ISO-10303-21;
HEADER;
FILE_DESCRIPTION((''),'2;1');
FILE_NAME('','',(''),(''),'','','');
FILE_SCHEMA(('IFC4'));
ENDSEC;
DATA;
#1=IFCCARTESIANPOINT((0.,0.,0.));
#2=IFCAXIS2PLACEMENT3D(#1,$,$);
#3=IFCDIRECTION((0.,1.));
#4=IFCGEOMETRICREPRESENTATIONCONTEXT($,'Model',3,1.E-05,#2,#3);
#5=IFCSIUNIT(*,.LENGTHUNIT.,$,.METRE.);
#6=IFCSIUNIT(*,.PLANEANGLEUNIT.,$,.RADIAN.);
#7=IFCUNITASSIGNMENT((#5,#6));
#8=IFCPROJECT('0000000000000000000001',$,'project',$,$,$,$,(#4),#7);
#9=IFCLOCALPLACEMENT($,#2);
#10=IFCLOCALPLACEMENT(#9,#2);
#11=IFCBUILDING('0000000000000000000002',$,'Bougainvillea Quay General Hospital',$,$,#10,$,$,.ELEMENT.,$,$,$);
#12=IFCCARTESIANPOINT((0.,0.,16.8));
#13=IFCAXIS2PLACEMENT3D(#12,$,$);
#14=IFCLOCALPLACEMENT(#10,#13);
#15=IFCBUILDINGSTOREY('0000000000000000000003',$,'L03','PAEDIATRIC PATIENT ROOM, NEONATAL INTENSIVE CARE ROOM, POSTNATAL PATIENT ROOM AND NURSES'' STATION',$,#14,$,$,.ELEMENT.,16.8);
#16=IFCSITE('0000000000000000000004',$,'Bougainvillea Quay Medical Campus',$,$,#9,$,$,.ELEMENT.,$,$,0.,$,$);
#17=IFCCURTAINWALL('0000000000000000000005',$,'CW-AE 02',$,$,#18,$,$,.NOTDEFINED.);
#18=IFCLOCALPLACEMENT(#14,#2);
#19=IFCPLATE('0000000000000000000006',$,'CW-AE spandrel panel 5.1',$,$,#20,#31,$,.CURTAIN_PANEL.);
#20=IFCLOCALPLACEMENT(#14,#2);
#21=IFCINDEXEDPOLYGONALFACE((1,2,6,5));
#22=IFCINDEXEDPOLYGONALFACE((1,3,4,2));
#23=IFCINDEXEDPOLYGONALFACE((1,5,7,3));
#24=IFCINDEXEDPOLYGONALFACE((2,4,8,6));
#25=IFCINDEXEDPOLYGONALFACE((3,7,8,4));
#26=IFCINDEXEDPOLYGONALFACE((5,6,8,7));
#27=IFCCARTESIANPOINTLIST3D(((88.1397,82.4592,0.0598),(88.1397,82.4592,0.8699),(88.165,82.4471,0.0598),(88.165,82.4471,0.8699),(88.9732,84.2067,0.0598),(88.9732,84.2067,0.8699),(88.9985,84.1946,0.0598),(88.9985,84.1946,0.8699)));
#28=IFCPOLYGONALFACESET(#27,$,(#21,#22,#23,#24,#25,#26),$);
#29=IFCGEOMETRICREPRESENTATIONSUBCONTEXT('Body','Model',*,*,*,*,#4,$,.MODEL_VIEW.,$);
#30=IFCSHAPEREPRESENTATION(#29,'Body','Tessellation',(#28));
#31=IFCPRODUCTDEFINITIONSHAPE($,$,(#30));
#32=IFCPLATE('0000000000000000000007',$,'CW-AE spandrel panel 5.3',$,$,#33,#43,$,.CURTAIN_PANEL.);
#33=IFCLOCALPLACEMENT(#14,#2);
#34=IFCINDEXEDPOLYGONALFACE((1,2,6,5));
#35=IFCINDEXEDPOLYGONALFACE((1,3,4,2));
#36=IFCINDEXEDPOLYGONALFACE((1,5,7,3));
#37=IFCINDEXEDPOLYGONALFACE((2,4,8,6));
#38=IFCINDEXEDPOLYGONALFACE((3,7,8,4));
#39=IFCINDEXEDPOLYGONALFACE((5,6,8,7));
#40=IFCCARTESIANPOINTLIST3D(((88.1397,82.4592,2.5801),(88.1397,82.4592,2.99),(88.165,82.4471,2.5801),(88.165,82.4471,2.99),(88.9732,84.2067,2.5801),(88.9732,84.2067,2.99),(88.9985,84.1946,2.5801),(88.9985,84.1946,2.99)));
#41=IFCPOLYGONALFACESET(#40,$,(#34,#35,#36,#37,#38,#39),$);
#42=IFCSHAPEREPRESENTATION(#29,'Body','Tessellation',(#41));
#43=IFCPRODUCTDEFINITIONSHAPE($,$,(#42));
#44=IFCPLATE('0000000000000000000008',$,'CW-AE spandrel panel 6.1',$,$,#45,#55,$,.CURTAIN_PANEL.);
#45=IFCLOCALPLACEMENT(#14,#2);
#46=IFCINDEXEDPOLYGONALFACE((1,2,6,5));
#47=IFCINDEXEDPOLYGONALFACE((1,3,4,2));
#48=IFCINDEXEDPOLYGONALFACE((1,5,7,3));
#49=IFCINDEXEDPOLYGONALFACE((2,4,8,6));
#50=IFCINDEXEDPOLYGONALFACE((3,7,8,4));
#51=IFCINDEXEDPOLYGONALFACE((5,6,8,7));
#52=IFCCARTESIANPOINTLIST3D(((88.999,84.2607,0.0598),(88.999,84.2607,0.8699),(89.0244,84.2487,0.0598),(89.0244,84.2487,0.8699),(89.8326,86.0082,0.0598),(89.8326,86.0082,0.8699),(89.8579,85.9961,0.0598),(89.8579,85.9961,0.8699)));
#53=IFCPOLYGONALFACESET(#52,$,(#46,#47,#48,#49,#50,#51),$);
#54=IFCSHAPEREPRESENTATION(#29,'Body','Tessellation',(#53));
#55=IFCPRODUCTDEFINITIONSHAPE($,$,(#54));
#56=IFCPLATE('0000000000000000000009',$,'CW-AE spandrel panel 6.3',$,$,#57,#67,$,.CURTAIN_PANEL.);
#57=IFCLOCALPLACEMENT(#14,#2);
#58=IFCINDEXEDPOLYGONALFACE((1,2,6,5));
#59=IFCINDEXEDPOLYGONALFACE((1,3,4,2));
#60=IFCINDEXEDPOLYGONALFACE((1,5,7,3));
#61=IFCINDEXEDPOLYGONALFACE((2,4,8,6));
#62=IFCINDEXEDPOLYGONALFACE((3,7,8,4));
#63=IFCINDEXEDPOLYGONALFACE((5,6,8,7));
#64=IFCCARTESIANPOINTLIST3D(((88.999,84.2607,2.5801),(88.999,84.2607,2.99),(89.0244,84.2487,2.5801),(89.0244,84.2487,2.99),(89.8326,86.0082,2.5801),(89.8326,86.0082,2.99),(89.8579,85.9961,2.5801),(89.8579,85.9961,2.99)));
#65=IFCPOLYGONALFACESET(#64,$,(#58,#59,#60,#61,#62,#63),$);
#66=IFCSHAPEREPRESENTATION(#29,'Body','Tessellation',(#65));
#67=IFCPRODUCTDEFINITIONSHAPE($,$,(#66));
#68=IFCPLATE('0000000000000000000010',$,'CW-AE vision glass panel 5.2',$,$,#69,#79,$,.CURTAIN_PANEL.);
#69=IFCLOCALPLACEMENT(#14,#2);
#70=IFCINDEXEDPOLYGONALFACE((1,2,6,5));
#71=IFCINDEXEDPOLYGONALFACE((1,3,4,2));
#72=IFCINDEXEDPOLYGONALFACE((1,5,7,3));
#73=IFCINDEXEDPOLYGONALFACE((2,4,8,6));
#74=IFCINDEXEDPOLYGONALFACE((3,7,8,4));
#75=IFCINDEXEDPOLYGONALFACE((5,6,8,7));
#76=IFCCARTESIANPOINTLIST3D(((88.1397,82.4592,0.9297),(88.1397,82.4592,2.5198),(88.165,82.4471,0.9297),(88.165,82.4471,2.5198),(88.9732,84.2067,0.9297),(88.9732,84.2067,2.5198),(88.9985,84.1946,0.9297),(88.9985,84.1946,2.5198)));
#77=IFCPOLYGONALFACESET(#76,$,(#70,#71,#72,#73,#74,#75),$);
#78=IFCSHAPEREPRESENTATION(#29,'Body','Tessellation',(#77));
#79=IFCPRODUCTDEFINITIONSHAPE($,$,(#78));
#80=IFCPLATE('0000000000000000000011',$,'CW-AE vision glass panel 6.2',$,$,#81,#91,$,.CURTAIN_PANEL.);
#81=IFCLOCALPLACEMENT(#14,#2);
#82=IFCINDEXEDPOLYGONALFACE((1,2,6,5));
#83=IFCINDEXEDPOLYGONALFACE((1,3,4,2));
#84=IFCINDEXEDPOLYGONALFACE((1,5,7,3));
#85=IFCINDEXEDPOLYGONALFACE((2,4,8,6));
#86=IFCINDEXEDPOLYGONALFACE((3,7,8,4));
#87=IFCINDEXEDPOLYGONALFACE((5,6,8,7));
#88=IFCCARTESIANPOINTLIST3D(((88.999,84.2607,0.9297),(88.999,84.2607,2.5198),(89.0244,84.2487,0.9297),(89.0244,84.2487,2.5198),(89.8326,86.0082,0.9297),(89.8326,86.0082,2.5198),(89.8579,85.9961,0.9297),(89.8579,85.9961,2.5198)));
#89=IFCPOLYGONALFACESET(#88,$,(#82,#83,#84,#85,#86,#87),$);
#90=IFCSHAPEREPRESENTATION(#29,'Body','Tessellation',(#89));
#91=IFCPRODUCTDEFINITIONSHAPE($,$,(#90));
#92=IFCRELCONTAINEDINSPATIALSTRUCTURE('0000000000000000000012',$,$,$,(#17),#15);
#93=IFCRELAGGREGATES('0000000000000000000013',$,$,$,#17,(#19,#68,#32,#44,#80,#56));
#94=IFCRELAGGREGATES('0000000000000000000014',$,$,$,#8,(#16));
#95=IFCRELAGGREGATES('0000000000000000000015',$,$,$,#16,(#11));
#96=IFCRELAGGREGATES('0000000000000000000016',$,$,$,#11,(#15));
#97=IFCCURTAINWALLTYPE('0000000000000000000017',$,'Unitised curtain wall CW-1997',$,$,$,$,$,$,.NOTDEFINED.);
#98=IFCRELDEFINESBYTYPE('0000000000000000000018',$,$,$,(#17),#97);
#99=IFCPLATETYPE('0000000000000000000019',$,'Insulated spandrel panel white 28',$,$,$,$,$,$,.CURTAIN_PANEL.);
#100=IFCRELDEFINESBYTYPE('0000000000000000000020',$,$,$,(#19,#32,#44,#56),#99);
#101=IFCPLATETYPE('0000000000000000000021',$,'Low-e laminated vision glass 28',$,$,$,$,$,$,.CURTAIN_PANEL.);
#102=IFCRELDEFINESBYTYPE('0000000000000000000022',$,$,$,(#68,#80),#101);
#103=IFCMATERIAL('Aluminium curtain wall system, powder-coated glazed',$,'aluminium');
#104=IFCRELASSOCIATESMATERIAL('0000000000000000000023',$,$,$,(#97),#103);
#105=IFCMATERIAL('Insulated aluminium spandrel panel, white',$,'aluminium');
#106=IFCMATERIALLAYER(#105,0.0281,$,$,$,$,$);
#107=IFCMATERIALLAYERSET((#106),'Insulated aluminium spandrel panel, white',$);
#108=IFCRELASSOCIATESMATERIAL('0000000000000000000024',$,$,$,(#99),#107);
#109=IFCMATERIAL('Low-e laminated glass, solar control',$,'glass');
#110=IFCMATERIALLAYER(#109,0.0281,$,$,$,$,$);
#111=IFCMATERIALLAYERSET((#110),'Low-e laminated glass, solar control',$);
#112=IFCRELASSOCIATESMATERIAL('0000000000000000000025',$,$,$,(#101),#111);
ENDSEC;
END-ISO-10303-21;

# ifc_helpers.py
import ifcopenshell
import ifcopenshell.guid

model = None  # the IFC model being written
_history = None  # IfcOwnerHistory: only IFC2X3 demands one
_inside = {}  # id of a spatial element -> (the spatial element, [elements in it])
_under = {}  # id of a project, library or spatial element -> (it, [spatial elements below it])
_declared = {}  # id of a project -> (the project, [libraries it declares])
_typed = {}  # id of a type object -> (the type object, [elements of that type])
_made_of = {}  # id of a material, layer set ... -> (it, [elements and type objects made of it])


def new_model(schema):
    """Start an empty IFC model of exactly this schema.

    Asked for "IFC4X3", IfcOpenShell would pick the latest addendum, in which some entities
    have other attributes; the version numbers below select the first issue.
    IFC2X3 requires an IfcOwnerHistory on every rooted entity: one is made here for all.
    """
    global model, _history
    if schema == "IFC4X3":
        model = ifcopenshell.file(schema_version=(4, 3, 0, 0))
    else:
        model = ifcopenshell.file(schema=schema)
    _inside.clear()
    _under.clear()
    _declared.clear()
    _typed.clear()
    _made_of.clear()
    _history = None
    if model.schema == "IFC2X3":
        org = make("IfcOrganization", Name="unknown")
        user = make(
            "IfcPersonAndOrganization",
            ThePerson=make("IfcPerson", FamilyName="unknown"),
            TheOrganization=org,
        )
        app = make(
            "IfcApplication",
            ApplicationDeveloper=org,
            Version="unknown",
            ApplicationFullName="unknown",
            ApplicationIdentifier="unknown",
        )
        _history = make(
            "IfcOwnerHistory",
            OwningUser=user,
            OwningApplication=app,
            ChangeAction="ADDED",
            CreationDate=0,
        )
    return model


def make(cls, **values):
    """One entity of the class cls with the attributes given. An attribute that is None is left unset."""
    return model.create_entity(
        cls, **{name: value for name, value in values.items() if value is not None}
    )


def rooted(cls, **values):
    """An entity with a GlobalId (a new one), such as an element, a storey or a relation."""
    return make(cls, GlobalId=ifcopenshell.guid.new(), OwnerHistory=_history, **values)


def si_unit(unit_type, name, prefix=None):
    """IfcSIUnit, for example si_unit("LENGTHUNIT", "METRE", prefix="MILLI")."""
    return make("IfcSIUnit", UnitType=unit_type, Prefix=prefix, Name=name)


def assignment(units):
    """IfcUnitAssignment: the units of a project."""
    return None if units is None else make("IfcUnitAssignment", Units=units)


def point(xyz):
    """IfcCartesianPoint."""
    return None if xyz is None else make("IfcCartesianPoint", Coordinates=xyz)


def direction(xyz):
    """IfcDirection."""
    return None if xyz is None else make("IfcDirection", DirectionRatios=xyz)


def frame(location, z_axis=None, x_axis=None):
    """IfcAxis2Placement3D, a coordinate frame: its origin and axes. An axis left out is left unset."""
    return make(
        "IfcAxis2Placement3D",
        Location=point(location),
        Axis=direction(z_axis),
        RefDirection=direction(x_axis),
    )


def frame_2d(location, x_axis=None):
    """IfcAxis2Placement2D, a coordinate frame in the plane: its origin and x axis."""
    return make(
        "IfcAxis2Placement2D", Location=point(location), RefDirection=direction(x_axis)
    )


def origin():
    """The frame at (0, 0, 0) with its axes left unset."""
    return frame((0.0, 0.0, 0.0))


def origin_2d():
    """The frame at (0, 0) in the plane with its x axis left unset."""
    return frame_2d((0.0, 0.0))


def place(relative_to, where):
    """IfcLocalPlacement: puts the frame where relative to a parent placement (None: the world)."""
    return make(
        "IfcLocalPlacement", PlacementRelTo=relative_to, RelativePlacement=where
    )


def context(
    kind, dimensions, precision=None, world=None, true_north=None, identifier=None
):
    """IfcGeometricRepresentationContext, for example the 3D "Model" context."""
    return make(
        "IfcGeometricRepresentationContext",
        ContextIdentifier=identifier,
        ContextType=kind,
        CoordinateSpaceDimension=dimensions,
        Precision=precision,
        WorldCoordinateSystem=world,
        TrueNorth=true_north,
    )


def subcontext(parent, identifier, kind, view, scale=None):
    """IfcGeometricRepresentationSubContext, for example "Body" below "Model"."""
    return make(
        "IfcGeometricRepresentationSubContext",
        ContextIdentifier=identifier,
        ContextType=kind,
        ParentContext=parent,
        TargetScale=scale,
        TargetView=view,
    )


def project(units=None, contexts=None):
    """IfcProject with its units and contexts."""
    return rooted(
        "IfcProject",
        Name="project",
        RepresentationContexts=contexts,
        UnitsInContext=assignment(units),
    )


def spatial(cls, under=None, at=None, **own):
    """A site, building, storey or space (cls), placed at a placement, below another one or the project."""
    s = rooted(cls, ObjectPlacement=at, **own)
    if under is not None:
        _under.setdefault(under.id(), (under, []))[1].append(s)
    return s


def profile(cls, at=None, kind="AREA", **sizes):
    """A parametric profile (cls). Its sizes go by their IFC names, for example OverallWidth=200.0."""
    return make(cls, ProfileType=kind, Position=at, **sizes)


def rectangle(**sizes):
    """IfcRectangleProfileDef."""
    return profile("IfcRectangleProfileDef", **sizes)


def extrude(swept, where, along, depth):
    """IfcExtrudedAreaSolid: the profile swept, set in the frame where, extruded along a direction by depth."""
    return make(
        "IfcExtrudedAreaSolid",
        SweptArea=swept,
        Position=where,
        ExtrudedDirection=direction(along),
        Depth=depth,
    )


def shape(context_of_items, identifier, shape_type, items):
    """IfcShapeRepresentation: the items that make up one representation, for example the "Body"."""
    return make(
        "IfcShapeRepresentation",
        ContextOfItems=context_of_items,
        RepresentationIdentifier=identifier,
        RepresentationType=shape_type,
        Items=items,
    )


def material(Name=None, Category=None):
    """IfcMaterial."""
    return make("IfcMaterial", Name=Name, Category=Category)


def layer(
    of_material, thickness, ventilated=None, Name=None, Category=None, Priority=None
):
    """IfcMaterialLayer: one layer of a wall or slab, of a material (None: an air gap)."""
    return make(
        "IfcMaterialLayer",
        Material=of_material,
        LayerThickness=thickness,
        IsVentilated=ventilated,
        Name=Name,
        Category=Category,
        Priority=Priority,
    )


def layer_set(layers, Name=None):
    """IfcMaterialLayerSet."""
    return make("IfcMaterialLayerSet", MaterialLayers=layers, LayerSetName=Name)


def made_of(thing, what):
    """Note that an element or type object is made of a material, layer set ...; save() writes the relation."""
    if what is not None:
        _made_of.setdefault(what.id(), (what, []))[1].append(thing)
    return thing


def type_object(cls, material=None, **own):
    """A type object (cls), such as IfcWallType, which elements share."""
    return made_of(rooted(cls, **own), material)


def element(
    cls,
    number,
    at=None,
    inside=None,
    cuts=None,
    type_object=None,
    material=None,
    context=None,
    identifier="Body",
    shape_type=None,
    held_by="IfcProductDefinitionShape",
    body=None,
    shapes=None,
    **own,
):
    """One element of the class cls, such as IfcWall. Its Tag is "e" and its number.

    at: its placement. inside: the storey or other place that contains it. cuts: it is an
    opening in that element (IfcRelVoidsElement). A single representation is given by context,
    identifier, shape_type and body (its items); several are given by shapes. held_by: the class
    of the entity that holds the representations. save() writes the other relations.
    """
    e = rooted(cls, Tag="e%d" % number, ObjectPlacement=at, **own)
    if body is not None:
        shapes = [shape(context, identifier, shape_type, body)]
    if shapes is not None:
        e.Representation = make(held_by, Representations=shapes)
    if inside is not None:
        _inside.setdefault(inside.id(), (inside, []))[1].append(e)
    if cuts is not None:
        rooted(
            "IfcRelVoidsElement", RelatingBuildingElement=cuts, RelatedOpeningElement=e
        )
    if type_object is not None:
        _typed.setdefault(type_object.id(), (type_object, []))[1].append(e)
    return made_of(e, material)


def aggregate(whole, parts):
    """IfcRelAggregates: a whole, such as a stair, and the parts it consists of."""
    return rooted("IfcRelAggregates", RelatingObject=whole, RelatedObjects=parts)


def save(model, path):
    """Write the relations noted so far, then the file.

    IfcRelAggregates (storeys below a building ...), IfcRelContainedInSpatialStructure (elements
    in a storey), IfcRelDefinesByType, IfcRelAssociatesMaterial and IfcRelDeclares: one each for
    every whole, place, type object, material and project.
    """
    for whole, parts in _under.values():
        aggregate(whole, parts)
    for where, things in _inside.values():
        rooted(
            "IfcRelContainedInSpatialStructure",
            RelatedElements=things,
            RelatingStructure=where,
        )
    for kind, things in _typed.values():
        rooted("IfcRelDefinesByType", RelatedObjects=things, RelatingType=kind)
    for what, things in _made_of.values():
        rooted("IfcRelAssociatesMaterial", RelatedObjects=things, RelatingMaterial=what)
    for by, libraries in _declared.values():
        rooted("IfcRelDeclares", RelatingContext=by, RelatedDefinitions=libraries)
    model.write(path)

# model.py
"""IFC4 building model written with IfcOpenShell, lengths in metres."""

from ifc_helpers import new_model, si_unit, direction, frame, origin, origin_2d, place, context, subcontext, project, spatial, rectangle, extrude, material, layer, layer_set, type_object, element, aggregate, save


model = new_model("IFC4")

# Units and contexts
model_context = context("Model", 3, precision=1e-05, world=origin(), true_north=direction((0.0, 1.0)))
body_context = subcontext(model_context, "Body", "Model", "MODEL_VIEW")
ifc_project = project(units=[si_unit("LENGTHUNIT", "METRE"), si_unit("PLANEANGLEUNIT", "RADIAN")], contexts=[model_context])

# Site, building, storey
site_placement = place(None, origin())
site = spatial("IfcSite", under=ifc_project, at=site_placement, Name="Bougainvillea Quay Medical Campus", CompositionType="ELEMENT", RefElevation=0.0)
building_placement = place(site_placement, origin())
building = spatial("IfcBuilding", under=site, at=building_placement, Name="Bougainvillea Quay General Hospital", CompositionType="ELEMENT")
storey_placement = place(building_placement, frame((0.0, 0.0, 16.8)))
storey = spatial("IfcBuildingStorey", under=building, at=storey_placement, Name="L03", Description="PAEDIATRIC PATIENT ROOM, NEONATAL INTENSIVE CARE ROOM, POSTNATAL PATIENT ROOM AND NURSES' STATION", CompositionType="ELEMENT", Elevation=16.8)

# Curtain wall, plates
ifc_material_1 = material(Name="Aluminium curtain wall system, powder-coated glazed", Category="aluminium")
curtain_wall_type = type_object("IfcCurtainWallType", Name="Unitised curtain wall CW-1997", PredefinedType="NOTDEFINED", material=ifc_material_1)
curtain_wall_placement = place(storey_placement, origin())
curtain_wall = element("IfcCurtainWall", 1, at=curtain_wall_placement, inside=storey, type_object=curtain_wall_type, Name="CW-AE 02", PredefinedType="NOTDEFINED")
ifc_material_2 = material(Name="Insulated aluminium spandrel panel, white", Category="aluminium")
ifc_layer_1 = layer(ifc_material_2, 0.0281)
ifc_layer_set_1 = layer_set([ifc_layer_1], Name="Insulated aluminium spandrel panel, white")
plate_type_1 = type_object("IfcPlateType", Name="Insulated spandrel panel white 28", PredefinedType="CURTAIN_PANEL", material=ifc_layer_set_1)
plate_1_placement = place(storey_placement, frame((88.5691, 83.3269, 0.0598), z_axis=(0.0, 0.0, 1.0), x_axis=(0.430525, 0.902578, 0.0)))
plate_1 = element("IfcPlate", 2, at=plate_1_placement, type_object=plate_type_1, Name="CW-AE spandrel panel 5.1", PredefinedType="CURTAIN_PANEL", context=body_context, shape_type="SweptSolid", body=[
    extrude(rectangle(XDim=1.936, YDim=0.0281, at=origin_2d()), origin(), (0.0, 0.0, 1.0), 0.8101),
])
plate_2_placement = place(storey_placement, frame((88.5691, 83.3269, 2.5801), z_axis=(0.0, 0.0, 1.0), x_axis=(0.430525, 0.902578, 0.0)))
plate_2 = element("IfcPlate", 3, at=plate_2_placement, type_object=plate_type_1, Name="CW-AE spandrel panel 5.3", PredefinedType="CURTAIN_PANEL", context=body_context, shape_type="SweptSolid", body=[
    extrude(rectangle(XDim=1.936, YDim=0.0281, at=origin_2d()), origin(), (0.0, 0.0, 1.0), 0.4099),
])
plate_3_placement = place(storey_placement, frame((89.4285, 85.1284, 0.0598), z_axis=(0.0, 0.0, 1.0), x_axis=(0.430525, 0.902578, 0.0)))
plate_3 = element("IfcPlate", 4, at=plate_3_placement, type_object=plate_type_1, Name="CW-AE spandrel panel 6.1", PredefinedType="CURTAIN_PANEL", context=body_context, shape_type="SweptSolid", body=[
    extrude(rectangle(XDim=1.936, YDim=0.0281, at=origin_2d()), origin(), (0.0, 0.0, 1.0), 0.8101),
])
plate_4_placement = place(storey_placement, frame((89.4285, 85.1284, 2.5801), z_axis=(0.0, 0.0, 1.0), x_axis=(0.430525, 0.902578, 0.0)))
plate_4 = element("IfcPlate", 5, at=plate_4_placement, type_object=plate_type_1, Name="CW-AE spandrel panel 6.3", PredefinedType="CURTAIN_PANEL", context=body_context, shape_type="SweptSolid", body=[
    extrude(rectangle(XDim=1.936, YDim=0.0281, at=origin_2d()), origin(), (0.0, 0.0, 1.0), 0.4099),
])
ifc_material_3 = material(Name="Low-e laminated glass, solar control", Category="glass")
ifc_layer_2 = layer(ifc_material_3, 0.0281)
ifc_layer_set_2 = layer_set([ifc_layer_2], Name="Low-e laminated glass, solar control")
plate_type_2 = type_object("IfcPlateType", Name="Low-e laminated vision glass 28", PredefinedType="CURTAIN_PANEL", material=ifc_layer_set_2)
plate_5_placement = place(storey_placement, frame((88.5691, 83.3269, 0.9297), z_axis=(0.0, 0.0, 1.0), x_axis=(0.430525, 0.902578, 0.0)))
plate_5 = element("IfcPlate", 6, at=plate_5_placement, type_object=plate_type_2, Name="CW-AE vision glass panel 5.2", PredefinedType="CURTAIN_PANEL", context=body_context, shape_type="SweptSolid", body=[
    extrude(rectangle(XDim=1.936, YDim=0.0281, at=origin_2d()), origin(), (0.0, 0.0, 1.0), 1.5901),
])
plate_6_placement = place(storey_placement, frame((89.4285, 85.1284, 0.9297), z_axis=(0.0, 0.0, 1.0), x_axis=(0.430525, 0.902578, 0.0)))
plate_6 = element("IfcPlate", 7, at=plate_6_placement, type_object=plate_type_2, Name="CW-AE vision glass panel 6.2", PredefinedType="CURTAIN_PANEL", context=body_context, shape_type="SweptSolid", body=[
    extrude(rectangle(XDim=1.936, YDim=0.0281, at=origin_2d()), origin(), (0.0, 0.0, 1.0), 1.5901),
])
aggregate(curtain_wall, [plate_1, plate_5, plate_2, plate_3, plate_6, plate_4])

save(model, "model.ifc")
